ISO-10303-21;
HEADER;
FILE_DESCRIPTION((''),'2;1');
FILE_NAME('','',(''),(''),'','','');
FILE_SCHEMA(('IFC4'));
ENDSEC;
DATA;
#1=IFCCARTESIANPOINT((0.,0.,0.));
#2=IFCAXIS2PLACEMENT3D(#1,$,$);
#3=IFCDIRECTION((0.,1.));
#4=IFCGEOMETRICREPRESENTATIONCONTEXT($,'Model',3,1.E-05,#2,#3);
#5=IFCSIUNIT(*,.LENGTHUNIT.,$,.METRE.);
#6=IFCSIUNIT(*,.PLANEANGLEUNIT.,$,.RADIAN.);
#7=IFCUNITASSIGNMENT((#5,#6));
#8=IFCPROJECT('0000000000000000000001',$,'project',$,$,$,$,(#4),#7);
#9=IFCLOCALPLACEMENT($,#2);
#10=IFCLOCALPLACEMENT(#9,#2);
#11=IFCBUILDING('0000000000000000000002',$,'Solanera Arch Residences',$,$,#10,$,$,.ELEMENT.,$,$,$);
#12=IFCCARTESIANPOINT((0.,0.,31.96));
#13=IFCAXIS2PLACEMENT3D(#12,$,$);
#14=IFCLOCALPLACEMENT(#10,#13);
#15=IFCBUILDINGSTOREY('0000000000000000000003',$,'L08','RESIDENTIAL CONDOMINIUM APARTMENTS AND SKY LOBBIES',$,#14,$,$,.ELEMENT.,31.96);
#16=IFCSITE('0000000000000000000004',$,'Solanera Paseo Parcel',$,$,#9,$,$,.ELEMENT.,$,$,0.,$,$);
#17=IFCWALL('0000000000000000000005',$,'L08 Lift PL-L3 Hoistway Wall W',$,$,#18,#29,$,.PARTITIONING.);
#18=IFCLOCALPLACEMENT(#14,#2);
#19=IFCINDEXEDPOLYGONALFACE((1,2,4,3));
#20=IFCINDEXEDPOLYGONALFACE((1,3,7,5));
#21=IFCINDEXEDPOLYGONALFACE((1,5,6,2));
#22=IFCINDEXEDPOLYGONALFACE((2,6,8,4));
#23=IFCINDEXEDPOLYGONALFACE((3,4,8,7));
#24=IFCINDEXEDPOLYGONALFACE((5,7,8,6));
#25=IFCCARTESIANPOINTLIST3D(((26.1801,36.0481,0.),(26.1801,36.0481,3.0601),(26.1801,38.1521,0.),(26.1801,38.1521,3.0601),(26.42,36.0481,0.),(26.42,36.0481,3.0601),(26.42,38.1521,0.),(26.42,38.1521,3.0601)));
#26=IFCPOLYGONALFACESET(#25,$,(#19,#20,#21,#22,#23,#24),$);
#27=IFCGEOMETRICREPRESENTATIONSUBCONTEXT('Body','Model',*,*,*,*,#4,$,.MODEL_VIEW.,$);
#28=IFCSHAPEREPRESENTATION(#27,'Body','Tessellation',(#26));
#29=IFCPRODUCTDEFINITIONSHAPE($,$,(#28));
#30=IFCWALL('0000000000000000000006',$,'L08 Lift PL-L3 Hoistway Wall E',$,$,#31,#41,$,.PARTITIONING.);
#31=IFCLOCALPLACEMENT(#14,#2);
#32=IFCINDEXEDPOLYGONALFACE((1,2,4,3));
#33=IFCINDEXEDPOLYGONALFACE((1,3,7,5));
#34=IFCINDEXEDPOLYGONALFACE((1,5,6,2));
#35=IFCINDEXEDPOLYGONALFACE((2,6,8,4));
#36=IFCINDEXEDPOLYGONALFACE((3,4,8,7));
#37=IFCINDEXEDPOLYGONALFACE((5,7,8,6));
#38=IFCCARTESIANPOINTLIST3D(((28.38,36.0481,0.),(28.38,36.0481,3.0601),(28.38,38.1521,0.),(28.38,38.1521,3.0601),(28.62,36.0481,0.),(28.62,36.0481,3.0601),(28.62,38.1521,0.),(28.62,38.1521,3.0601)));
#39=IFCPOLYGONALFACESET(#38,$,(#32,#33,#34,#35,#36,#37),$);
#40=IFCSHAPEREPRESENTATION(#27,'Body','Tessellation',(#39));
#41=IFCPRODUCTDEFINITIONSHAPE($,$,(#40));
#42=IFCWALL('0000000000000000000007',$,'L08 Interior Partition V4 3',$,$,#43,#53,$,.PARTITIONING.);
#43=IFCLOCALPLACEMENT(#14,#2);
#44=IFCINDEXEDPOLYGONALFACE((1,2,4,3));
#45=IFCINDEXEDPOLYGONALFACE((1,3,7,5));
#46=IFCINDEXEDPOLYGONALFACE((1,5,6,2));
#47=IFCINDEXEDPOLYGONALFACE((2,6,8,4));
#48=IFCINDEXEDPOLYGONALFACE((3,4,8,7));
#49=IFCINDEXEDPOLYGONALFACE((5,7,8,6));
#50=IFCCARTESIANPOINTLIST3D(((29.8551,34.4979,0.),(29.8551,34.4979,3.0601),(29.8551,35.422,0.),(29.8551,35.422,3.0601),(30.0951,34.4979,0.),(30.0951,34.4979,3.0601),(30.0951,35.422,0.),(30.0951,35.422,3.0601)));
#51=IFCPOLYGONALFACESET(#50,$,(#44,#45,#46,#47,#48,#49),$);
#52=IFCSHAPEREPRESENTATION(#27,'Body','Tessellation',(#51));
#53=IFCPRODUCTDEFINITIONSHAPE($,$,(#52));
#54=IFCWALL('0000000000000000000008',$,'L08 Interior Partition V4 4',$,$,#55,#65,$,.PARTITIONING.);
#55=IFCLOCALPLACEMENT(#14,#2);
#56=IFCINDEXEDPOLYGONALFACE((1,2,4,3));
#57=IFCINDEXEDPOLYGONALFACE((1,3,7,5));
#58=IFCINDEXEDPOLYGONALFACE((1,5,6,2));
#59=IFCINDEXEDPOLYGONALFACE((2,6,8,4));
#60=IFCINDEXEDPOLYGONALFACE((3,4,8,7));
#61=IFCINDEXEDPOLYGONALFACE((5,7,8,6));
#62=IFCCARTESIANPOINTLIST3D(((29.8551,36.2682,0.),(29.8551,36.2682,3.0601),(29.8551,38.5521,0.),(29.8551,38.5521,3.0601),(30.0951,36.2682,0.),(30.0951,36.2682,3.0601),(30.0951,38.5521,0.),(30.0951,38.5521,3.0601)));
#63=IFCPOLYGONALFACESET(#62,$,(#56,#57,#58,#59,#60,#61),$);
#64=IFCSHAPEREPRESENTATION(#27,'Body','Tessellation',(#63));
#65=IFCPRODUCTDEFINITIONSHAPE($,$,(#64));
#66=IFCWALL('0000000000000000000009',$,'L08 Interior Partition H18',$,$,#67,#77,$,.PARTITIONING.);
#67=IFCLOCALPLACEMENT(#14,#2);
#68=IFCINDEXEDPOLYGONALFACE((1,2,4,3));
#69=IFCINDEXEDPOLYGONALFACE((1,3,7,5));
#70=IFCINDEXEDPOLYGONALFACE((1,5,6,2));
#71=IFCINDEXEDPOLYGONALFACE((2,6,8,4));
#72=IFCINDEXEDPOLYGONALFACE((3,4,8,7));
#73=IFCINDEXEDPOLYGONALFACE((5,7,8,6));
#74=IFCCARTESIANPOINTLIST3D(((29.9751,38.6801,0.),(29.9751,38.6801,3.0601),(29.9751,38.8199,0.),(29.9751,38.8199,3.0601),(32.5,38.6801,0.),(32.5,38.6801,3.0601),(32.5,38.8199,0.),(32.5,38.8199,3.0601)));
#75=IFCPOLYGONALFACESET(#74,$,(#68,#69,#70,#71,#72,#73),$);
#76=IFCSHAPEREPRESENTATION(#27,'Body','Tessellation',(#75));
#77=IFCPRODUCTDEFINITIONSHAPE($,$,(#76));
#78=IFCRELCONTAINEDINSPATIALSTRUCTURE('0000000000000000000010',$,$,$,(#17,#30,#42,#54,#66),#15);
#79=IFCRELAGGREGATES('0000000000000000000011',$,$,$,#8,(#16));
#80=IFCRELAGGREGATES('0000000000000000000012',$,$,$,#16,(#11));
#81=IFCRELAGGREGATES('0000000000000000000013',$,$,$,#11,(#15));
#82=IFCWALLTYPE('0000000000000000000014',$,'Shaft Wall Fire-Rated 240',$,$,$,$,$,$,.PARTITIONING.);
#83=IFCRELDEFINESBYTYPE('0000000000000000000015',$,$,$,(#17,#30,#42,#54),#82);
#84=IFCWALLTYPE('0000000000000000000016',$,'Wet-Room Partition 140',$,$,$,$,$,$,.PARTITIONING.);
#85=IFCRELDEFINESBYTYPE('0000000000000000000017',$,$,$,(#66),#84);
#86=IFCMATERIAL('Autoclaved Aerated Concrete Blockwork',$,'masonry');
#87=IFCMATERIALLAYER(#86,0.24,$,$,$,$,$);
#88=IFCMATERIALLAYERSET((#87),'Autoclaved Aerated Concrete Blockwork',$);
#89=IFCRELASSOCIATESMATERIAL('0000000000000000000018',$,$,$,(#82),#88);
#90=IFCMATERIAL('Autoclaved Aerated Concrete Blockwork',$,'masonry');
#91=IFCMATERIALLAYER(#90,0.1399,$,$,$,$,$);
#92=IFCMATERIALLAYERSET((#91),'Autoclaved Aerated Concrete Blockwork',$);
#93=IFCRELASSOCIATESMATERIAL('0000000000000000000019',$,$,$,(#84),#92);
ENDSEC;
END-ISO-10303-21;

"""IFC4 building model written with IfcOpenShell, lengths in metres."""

from ifc_helpers import new_model, si_unit, direction, frame, frame_2d, origin, place, context, subcontext, project, spatial, rectangle, extrude, material, layer, layer_set, type_object, element, save


model = new_model("IFC4")

# Units and contexts
model_context = context("Model", 3, precision=1e-05, world=origin(), true_north=direction((0.0, 1.0)))
body_context = subcontext(model_context, "Body", "Model", "MODEL_VIEW")
ifc_project = project(units=[si_unit("LENGTHUNIT", "METRE"), si_unit("PLANEANGLEUNIT", "RADIAN")], contexts=[model_context])

# Site, building, storey
site_placement = place(None, origin())
site = spatial("IfcSite", under=ifc_project, at=site_placement, Name="Solanera Paseo Parcel", CompositionType="ELEMENT", RefElevation=0.0)
building_placement = place(site_placement, origin())
building = spatial("IfcBuilding", under=site, at=building_placement, Name="Solanera Arch Residences", CompositionType="ELEMENT")
storey_placement = place(building_placement, frame((0.0, 0.0, 31.96)))
storey = spatial("IfcBuildingStorey", under=building, at=storey_placement, Name="L08", Description="RESIDENTIAL CONDOMINIUM APARTMENTS AND SKY LOBBIES", CompositionType="ELEMENT", Elevation=31.96)

# Walls
ifc_material_1 = material(Name="Autoclaved Aerated Concrete Blockwork", Category="masonry")
ifc_layer_1 = layer(ifc_material_1, 0.24)
ifc_layer_set_1 = layer_set([ifc_layer_1], Name="Autoclaved Aerated Concrete Blockwork")
wall_type_1 = type_object("IfcWallType", Name="Shaft Wall Fire-Rated 240", PredefinedType="PARTITIONING", material=ifc_layer_set_1)
for number, where, z_axis, x_axis, name in (
    (1, (26.3, 36.0481, 0.0), (0.0, 0.0, 1.0), (0.0, 1.0, 0.0), "L08 Lift PL-L3 Hoistway Wall W"),
    (2, (28.5, 36.0481, 0.0), (0.0, 0.0, 1.0), (0.0, 1.0, 0.0), "L08 Lift PL-L3 Hoistway Wall E"),
):
    element("IfcWall", number, at=place(storey_placement, frame(where, z_axis=z_axis, x_axis=x_axis)), inside=storey, type_object=wall_type_1, Name=name, PredefinedType="PARTITIONING", context=body_context, shape_type="SweptSolid", body=[
        extrude(rectangle(XDim=2.104, YDim=0.24, at=frame_2d((1.052, 0.0))), origin(), (0.0, 0.0, 1.0), 3.0601),
    ])

# Walls
wall_1_placement = place(storey_placement, frame((29.9751, 34.498, 0.0), z_axis=(0.0, 0.0, 1.0), x_axis=(0.0, 1.0, 0.0)))
element("IfcWall", 3, at=wall_1_placement, inside=storey, type_object=wall_type_1, Name="L08 Interior Partition V4 3", PredefinedType="PARTITIONING", context=body_context, shape_type="SweptSolid", body=[
    extrude(rectangle(XDim=0.9241, YDim=0.24, at=frame_2d((0.4619, 0.0))), origin(), (0.0, 0.0, 1.0), 3.0601),
])
wall_2_placement = place(storey_placement, frame((29.9751, 36.2681, 0.0), z_axis=(0.0, 0.0, 1.0), x_axis=(0.0, 1.0, 0.0)))
element("IfcWall", 4, at=wall_2_placement, inside=storey, type_object=wall_type_1, Name="L08 Interior Partition V4 4", PredefinedType="PARTITIONING", context=body_context, shape_type="SweptSolid", body=[
    extrude(rectangle(XDim=2.2839, YDim=0.24, at=frame_2d((1.1421, 0.0))), origin(), (0.0, 0.0, 1.0), 3.0601),
])
ifc_material_2 = material(Name="Autoclaved Aerated Concrete Blockwork", Category="masonry")
ifc_layer_2 = layer(ifc_material_2, 0.1399)
ifc_layer_set_2 = layer_set([ifc_layer_2], Name="Autoclaved Aerated Concrete Blockwork")
wall_type_2 = type_object("IfcWallType", Name="Wet-Room Partition 140", PredefinedType="PARTITIONING", material=ifc_layer_set_2)
wall_3_placement = place(storey_placement, frame((29.9751, 38.75, 0.0), z_axis=(0.0, 0.0, 1.0), x_axis=(1.0, 0.0, 0.0)))
element("IfcWall", 5, at=wall_3_placement, inside=storey, type_object=wall_type_2, Name="L08 Interior Partition H18", PredefinedType="PARTITIONING", context=body_context, shape_type="SweptSolid", body=[
    extrude(rectangle(XDim=2.5249, YDim=0.1399, at=frame_2d((1.2625, 0.0))), origin(), (0.0, 0.0, 1.0), 3.0601),
])

save(model, "model.ifc")
